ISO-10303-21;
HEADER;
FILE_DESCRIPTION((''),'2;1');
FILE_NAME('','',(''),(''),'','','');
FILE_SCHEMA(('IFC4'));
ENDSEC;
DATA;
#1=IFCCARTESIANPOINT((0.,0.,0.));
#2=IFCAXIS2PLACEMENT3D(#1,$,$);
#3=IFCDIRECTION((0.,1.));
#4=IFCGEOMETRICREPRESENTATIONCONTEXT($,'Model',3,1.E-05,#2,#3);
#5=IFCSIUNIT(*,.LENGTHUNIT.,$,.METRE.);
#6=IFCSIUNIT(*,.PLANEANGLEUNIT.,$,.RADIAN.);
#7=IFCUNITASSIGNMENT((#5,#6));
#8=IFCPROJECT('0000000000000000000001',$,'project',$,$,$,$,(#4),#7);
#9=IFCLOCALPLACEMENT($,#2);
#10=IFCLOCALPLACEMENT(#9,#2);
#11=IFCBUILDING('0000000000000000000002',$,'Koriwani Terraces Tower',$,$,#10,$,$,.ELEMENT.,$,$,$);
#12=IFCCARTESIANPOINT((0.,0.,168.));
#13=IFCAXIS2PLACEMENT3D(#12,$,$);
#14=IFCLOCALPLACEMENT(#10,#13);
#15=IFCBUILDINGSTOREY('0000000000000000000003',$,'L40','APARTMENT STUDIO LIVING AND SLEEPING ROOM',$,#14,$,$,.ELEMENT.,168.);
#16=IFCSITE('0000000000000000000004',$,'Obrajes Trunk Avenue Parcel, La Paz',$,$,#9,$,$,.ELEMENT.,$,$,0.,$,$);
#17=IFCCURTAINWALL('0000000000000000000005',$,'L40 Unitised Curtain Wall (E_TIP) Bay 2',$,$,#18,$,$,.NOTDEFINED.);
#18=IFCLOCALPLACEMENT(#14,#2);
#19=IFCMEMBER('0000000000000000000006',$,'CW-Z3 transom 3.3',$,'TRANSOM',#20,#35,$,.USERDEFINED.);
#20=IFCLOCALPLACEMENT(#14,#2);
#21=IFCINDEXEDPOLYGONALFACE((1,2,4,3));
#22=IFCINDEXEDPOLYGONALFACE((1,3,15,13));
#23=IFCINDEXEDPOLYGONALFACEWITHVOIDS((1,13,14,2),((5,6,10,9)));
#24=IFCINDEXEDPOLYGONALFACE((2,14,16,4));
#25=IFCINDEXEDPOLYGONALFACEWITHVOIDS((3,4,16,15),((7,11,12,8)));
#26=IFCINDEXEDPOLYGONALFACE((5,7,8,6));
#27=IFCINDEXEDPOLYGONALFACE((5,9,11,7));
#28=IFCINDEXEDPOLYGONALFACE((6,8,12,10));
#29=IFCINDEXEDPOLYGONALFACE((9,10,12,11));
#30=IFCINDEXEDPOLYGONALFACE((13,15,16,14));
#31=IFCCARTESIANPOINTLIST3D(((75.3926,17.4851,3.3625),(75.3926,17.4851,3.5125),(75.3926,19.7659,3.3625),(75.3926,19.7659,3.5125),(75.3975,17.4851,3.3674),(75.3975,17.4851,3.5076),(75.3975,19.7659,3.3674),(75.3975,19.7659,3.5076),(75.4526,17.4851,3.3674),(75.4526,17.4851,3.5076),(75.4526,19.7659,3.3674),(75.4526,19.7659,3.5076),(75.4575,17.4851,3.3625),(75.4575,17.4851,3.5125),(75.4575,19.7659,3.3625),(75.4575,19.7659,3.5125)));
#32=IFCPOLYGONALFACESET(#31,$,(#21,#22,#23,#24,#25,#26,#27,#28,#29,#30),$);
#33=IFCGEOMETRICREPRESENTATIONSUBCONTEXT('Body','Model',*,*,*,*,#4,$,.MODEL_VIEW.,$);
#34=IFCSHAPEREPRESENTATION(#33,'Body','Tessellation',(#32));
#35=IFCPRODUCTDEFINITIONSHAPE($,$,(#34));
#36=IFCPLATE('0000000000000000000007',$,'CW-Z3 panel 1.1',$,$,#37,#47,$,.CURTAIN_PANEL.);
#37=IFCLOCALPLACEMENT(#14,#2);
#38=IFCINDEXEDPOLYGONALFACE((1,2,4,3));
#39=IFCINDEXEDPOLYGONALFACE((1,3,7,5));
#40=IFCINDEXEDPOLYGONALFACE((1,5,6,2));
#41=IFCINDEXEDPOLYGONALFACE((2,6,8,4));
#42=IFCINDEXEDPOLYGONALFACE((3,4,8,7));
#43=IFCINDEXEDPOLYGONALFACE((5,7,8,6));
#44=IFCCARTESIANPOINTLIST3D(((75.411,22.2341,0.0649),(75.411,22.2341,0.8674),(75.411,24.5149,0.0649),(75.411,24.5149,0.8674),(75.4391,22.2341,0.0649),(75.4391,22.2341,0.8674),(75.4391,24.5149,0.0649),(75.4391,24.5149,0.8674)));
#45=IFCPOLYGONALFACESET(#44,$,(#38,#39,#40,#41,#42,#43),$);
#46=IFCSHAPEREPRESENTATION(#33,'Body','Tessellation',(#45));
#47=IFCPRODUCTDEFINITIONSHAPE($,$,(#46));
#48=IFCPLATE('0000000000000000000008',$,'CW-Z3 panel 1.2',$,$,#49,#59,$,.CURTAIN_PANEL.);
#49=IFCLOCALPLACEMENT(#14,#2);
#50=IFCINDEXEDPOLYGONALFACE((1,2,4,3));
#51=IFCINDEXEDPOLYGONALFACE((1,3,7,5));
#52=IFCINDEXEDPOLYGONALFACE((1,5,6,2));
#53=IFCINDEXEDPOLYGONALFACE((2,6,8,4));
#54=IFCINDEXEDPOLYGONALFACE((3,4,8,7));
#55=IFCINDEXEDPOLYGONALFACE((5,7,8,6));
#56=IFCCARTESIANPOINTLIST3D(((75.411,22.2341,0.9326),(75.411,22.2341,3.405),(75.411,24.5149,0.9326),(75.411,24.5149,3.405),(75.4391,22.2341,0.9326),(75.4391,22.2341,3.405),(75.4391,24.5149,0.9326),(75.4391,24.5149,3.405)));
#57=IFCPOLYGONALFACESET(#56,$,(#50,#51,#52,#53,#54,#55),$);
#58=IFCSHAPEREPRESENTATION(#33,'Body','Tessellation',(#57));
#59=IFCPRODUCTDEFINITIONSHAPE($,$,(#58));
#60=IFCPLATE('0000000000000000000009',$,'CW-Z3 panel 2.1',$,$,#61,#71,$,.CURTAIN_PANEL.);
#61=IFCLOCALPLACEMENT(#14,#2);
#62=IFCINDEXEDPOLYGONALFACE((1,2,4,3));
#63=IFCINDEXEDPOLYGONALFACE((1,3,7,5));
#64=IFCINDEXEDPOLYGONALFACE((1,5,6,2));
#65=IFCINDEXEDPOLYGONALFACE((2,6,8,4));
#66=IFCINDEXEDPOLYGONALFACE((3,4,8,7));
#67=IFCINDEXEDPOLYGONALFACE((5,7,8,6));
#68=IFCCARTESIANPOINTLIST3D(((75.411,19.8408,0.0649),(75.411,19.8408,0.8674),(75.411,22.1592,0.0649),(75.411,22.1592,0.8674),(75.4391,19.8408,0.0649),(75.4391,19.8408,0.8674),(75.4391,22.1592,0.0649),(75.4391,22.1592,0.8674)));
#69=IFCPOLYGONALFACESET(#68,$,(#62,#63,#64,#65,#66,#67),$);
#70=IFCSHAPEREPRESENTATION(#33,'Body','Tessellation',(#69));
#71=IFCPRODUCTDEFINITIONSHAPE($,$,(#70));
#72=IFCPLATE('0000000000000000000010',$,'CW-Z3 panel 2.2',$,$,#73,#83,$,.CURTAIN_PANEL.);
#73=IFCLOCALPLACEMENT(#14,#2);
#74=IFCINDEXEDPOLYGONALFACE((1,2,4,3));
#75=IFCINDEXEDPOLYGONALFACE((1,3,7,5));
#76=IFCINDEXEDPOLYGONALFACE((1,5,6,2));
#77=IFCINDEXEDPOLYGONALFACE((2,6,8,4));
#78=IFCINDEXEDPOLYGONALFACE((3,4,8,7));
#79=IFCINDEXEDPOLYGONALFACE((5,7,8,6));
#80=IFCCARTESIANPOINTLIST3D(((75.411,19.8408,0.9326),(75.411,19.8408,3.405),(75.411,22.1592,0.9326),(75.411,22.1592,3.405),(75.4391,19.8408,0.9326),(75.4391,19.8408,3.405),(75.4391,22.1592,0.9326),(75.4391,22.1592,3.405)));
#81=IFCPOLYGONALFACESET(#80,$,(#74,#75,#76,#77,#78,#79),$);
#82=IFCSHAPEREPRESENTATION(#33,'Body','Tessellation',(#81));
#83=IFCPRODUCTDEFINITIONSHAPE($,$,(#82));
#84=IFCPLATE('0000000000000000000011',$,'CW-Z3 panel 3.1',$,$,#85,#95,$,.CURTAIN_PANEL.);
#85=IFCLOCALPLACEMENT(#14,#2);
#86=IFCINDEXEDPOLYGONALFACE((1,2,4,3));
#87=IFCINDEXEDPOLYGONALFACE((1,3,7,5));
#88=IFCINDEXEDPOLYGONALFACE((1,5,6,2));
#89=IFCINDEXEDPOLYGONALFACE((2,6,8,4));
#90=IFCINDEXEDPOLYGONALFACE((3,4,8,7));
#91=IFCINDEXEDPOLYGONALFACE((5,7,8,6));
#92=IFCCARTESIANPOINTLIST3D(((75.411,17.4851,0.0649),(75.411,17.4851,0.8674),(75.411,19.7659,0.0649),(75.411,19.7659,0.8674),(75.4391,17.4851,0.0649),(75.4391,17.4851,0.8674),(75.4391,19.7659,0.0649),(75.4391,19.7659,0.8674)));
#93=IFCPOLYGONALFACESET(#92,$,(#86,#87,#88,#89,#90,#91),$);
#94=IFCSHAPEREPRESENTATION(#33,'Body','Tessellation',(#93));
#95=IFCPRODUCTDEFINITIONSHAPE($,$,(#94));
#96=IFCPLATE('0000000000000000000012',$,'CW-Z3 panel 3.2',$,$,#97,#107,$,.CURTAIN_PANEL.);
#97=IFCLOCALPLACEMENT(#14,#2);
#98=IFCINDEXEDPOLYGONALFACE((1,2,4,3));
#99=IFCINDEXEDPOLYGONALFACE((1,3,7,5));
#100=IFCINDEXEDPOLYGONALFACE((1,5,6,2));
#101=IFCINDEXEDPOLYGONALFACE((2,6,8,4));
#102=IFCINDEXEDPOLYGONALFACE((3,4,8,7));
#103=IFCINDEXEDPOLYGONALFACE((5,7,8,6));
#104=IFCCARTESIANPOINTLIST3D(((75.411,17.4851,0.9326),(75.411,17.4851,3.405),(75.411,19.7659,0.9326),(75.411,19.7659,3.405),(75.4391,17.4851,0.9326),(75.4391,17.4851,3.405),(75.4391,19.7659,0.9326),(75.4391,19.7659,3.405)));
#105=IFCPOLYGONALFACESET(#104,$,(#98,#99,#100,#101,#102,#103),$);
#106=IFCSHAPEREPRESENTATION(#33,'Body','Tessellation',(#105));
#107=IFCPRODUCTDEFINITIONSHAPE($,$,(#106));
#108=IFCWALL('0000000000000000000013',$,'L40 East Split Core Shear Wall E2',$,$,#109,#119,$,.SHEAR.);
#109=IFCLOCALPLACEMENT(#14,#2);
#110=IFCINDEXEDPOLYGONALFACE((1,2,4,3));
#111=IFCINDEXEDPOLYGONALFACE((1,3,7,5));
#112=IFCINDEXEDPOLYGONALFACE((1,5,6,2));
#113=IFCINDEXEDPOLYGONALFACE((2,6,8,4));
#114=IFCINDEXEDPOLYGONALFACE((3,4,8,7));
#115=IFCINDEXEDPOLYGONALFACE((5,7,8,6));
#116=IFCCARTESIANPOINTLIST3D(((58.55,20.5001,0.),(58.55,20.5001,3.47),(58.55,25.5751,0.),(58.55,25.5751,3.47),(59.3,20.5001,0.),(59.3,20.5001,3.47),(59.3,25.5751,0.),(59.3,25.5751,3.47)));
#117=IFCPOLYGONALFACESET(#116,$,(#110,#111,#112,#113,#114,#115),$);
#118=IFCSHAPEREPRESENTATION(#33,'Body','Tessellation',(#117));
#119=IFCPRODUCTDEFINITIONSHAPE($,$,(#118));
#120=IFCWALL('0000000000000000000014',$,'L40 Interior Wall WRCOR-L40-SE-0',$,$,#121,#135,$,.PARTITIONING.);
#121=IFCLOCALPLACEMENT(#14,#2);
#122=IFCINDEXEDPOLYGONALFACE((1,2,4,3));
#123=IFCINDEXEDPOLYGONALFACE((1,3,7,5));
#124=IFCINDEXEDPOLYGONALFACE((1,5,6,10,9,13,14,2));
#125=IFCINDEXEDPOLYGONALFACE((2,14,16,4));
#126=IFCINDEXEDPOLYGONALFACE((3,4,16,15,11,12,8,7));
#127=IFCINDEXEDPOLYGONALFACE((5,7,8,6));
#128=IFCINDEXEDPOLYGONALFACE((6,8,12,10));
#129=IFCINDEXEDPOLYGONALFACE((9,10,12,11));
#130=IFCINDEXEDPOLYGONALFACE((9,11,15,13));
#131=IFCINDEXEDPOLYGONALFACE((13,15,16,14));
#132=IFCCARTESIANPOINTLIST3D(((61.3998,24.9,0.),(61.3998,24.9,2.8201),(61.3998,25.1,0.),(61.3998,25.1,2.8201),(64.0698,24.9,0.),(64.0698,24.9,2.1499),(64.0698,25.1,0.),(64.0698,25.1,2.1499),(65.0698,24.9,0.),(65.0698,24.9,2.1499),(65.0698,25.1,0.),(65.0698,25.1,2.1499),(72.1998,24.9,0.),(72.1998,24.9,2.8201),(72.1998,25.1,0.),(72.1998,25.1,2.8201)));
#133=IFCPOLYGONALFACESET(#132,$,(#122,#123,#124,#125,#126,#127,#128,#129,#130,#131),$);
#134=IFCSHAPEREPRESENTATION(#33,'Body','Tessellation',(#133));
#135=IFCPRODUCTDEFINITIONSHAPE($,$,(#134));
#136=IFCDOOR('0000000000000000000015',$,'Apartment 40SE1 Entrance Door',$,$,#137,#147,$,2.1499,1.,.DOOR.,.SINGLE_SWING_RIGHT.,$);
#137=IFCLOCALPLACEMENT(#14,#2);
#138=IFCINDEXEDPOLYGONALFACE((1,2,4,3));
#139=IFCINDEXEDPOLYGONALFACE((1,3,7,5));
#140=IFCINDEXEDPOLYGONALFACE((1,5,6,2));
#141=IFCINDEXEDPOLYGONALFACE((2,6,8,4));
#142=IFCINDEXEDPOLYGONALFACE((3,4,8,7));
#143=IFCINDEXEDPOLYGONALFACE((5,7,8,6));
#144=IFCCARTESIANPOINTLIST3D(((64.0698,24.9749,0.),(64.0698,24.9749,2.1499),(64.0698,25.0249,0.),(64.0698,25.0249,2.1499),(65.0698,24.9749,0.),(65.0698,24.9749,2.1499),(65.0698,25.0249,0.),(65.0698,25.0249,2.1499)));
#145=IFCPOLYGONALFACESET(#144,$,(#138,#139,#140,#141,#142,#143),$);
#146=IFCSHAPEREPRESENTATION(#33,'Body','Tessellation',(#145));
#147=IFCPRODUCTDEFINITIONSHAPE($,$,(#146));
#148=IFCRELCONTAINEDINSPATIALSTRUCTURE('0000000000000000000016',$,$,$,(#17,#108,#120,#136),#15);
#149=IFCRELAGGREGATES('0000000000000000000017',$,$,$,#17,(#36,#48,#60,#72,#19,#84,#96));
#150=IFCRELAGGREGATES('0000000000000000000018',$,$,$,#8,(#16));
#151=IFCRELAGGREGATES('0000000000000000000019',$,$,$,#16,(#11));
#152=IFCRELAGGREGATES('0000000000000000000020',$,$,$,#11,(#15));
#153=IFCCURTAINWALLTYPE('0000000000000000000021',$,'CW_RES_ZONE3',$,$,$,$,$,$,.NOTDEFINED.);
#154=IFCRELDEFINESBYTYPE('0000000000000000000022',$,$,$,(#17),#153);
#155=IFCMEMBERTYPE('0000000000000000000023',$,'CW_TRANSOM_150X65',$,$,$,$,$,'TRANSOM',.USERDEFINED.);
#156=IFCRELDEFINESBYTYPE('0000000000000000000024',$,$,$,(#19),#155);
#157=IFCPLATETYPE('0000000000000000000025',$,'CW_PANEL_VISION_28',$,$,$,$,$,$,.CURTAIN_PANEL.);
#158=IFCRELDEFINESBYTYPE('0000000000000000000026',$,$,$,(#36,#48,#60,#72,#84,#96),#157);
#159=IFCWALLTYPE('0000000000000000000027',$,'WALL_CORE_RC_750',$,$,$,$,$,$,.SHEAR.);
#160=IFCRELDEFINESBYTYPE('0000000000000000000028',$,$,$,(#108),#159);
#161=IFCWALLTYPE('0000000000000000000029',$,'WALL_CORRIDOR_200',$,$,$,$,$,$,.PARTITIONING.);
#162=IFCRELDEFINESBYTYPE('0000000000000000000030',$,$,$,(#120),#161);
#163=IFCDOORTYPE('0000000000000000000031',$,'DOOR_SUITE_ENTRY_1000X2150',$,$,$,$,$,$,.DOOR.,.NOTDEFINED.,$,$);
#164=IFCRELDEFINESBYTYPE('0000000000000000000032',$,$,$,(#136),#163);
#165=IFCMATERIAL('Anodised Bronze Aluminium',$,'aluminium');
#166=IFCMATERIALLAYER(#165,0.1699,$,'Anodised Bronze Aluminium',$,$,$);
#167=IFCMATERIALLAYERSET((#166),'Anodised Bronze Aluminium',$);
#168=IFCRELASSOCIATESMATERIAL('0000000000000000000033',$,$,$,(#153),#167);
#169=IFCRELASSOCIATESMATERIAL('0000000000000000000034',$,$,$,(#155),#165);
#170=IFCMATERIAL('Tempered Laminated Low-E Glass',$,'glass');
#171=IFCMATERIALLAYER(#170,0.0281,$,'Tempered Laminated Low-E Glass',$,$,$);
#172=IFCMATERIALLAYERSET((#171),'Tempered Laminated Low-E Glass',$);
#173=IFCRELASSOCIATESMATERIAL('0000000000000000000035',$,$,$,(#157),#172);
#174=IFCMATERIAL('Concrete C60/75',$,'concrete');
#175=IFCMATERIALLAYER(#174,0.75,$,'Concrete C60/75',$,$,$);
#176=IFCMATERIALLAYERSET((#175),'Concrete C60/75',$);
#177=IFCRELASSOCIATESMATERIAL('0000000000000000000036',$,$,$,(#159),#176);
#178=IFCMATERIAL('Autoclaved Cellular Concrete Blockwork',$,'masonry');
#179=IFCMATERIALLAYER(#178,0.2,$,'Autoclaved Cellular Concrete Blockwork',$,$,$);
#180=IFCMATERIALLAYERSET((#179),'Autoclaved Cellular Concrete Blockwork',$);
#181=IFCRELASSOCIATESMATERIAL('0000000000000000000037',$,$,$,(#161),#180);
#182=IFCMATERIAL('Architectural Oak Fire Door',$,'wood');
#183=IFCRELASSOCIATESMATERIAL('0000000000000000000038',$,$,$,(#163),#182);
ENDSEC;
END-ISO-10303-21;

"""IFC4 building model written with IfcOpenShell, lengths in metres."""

from ifc_helpers import new_model, si_unit, direction, frame, frame_2d, origin, origin_2d, place, context, subcontext, project, spatial, rectangle, hollow_rectangle, extrude, material, layer, layer_set, material_profile, profile_set, type_object, element, fill, aggregate, save


model = new_model("IFC4")

# Units and contexts
model_context = context("Model", 3, precision=1e-05, world=origin(), true_north=direction((0.0, 1.0)))
body_context = subcontext(model_context, "Body", "Model", "MODEL_VIEW")
ifc_project = project(units=[si_unit("LENGTHUNIT", "METRE"), si_unit("PLANEANGLEUNIT", "RADIAN")], contexts=[model_context])

# Site, building, storey
site_placement = place(None, origin())
site = spatial("IfcSite", under=ifc_project, at=site_placement, Name="Obrajes Trunk Avenue Parcel, La Paz", CompositionType="ELEMENT", RefElevation=0.0)
building_placement = place(site_placement, origin())
building = spatial("IfcBuilding", under=site, at=building_placement, Name="Koriwani Terraces Tower", CompositionType="ELEMENT")
storey_placement = place(building_placement, frame((0.0, 0.0, 168.0)))
storey = spatial("IfcBuildingStorey", under=building, at=storey_placement, Name="L40", Description="APARTMENT STUDIO LIVING AND SLEEPING ROOM", CompositionType="ELEMENT", Elevation=168.0)

# Curtain wall, member, plates
ifc_material_1 = material(Name="Anodised Bronze Aluminium", Category="aluminium")
ifc_layer_1 = layer(ifc_material_1, 0.1699, Name="Anodised Bronze Aluminium")
ifc_layer_set_1 = layer_set([ifc_layer_1], Name="Anodised Bronze Aluminium")
curtain_wall_type = type_object("IfcCurtainWallType", Name="CW_RES_ZONE3", PredefinedType="NOTDEFINED", material=ifc_layer_set_1)
curtain_wall_placement = place(storey_placement, origin())
curtain_wall = element("IfcCurtainWall", 1, at=curtain_wall_placement, inside=storey, type_object=curtain_wall_type, Name="L40 Unitised Curtain Wall (E_TIP) Bay 2", PredefinedType="NOTDEFINED")
ifc_material_profile_1 = material_profile(ifc_material_1, hollow_rectangle(XDim=0.0649, YDim=0.1499, WallThickness=0.0049, at=origin_2d()), Name="Anodised Bronze Aluminium", Category="LoadBearing")
ifc_profile_set_1 = profile_set([ifc_material_profile_1], Name="Anodised Bronze Aluminium")
member_type_1 = type_object("IfcMemberType", Name="CW_TRANSOM_150X65", ElementType="TRANSOM", PredefinedType="USERDEFINED", material=ifc_profile_set_1)
member_1_placement = place(storey_placement, frame((75.425, 19.7659, 3.4375), z_axis=(0.0, -1.0, 0.0), x_axis=(1.0, 0.0, 0.0)))
member_1 = element("IfcMember", 2, at=member_1_placement, type_object=member_type_1, Name="CW-Z3 transom 3.3", ObjectType="TRANSOM", PredefinedType="USERDEFINED", context=body_context, shape_type="SweptSolid", body=[
    extrude(hollow_rectangle(XDim=0.0649, YDim=0.1499, WallThickness=0.0049, at=origin_2d()), origin(), (0.0, 0.0, 1.0), 2.2808),
])
ifc_material_2 = material(Name="Tempered Laminated Low-E Glass", Category="glass")
ifc_layer_2 = layer(ifc_material_2, 0.0281, Name="Tempered Laminated Low-E Glass")
ifc_layer_set_2 = layer_set([ifc_layer_2], Name="Tempered Laminated Low-E Glass")
plate_type = type_object("IfcPlateType", Name="CW_PANEL_VISION_28", PredefinedType="CURTAIN_PANEL", material=ifc_layer_set_2)
plate_1_placement = place(storey_placement, frame((75.425, 23.3745, 0.0649), z_axis=(0.0, 0.0, 1.0), x_axis=(0.0, -1.0, 0.0)))
plate_1 = element("IfcPlate", 3, at=plate_1_placement, type_object=plate_type, Name="CW-Z3 panel 1.1", PredefinedType="CURTAIN_PANEL", context=body_context, shape_type="SweptSolid", body=[
    extrude(rectangle(XDim=2.2808, YDim=0.0281, at=origin_2d()), origin(), (0.0, 0.0, 1.0), 0.8025),
])
plate_2_placement = place(storey_placement, frame((75.425, 23.3745, 0.9326), z_axis=(0.0, 0.0, 1.0), x_axis=(0.0, -1.0, 0.0)))
plate_2 = element("IfcPlate", 4, at=plate_2_placement, type_object=plate_type, Name="CW-Z3 panel 1.2", PredefinedType="CURTAIN_PANEL", context=body_context, shape_type="SweptSolid", body=[
    extrude(rectangle(XDim=2.2808, YDim=0.0281, at=origin_2d()), origin(), (0.0, 0.0, 1.0), 2.4724),
])
plate_3_placement = place(storey_placement, frame((75.425, 21.0, 0.0649), z_axis=(0.0, 0.0, 1.0), x_axis=(0.0, -1.0, 0.0)))
plate_3 = element("IfcPlate", 5, at=plate_3_placement, type_object=plate_type, Name="CW-Z3 panel 2.1", PredefinedType="CURTAIN_PANEL", context=body_context, shape_type="SweptSolid", body=[
    extrude(rectangle(XDim=2.3184, YDim=0.0281, at=origin_2d()), origin(), (0.0, 0.0, 1.0), 0.8025),
])
plate_4_placement = place(storey_placement, frame((75.425, 21.0, 0.9326), z_axis=(0.0, 0.0, 1.0), x_axis=(0.0, -1.0, 0.0)))
plate_4 = element("IfcPlate", 6, at=plate_4_placement, type_object=plate_type, Name="CW-Z3 panel 2.2", PredefinedType="CURTAIN_PANEL", context=body_context, shape_type="SweptSolid", body=[
    extrude(rectangle(XDim=2.3184, YDim=0.0281, at=origin_2d()), origin(), (0.0, 0.0, 1.0), 2.4724),
])
plate_5_placement = place(storey_placement, frame((75.425, 18.6255, 0.0649), z_axis=(0.0, 0.0, 1.0), x_axis=(0.0, -1.0, 0.0)))
plate_5 = element("IfcPlate", 7, at=plate_5_placement, type_object=plate_type, Name="CW-Z3 panel 3.1", PredefinedType="CURTAIN_PANEL", context=body_context, shape_type="SweptSolid", body=[
    extrude(rectangle(XDim=2.2808, YDim=0.0281, at=origin_2d()), origin(), (0.0, 0.0, 1.0), 0.8025),
])
plate_6_placement = place(storey_placement, frame((75.425, 18.6255, 0.9326), z_axis=(0.0, 0.0, 1.0), x_axis=(0.0, -1.0, 0.0)))
plate_6 = element("IfcPlate", 8, at=plate_6_placement, type_object=plate_type, Name="CW-Z3 panel 3.2", PredefinedType="CURTAIN_PANEL", context=body_context, shape_type="SweptSolid", body=[
    extrude(rectangle(XDim=2.2808, YDim=0.0281, at=origin_2d()), origin(), (0.0, 0.0, 1.0), 2.4724),
])
aggregate(curtain_wall, [plate_1, plate_2, plate_3, plate_4, member_1, plate_5, plate_6])

# Wall
ifc_material_3 = material(Name="Concrete C60/75", Category="concrete")
ifc_layer_3 = layer(ifc_material_3, 0.75, Name="Concrete C60/75")
ifc_layer_set_3 = layer_set([ifc_layer_3], Name="Concrete C60/75")
wall_type_1 = type_object("IfcWallType", Name="WALL_CORE_RC_750", PredefinedType="SHEAR", material=ifc_layer_set_3)
wall_1_placement = place(storey_placement, frame((58.925, 20.5, 0.0), z_axis=(0.0, 0.0, 1.0), x_axis=(0.0, 1.0, 0.0)))
element("IfcWall", 9, at=wall_1_placement, inside=storey, type_object=wall_type_1, Name="L40 East Split Core Shear Wall E2", PredefinedType="SHEAR", context=body_context, shape_type="SweptSolid", body=[
    extrude(rectangle(XDim=5.075, YDim=0.75, at=frame_2d((2.5376, 0.0))), origin(), (0.0, 0.0, 1.0), 3.47),
])

# Wall, opening, door
ifc_material_4 = material(Name="Autoclaved Cellular Concrete Blockwork", Category="masonry")
ifc_layer_4 = layer(ifc_material_4, 0.2, Name="Autoclaved Cellular Concrete Blockwork")
ifc_layer_set_4 = layer_set([ifc_layer_4], Name="Autoclaved Cellular Concrete Blockwork")
wall_type_2 = type_object("IfcWallType", Name="WALL_CORRIDOR_200", PredefinedType="PARTITIONING", material=ifc_layer_set_4)
wall_2_placement = place(storey_placement, frame((61.3999, 25.0, 0.0), z_axis=(0.0, 0.0, 1.0), x_axis=(1.0, 0.0, 0.0)))
wall_2 = element("IfcWall", 10, at=wall_2_placement, inside=storey, type_object=wall_type_2, Name="L40 Interior Wall WRCOR-L40-SE-0", PredefinedType="PARTITIONING", context=body_context, shape_type="SweptSolid", body=[
    extrude(rectangle(XDim=10.8, YDim=0.2, at=frame_2d((5.3999, 0.0))), origin(), (0.0, 0.0, 1.0), 2.8201),
])
opening_1_placement = place(wall_2_placement, frame((2.6699, 0.0, 0.0)))
opening_1 = element("IfcOpeningElement", 11, at=opening_1_placement, cuts=wall_2, PredefinedType="OPENING", context=body_context, shape_type="SweptSolid", body=[
    extrude(rectangle(XDim=1.0, YDim=2.1499, at=frame_2d((0.5, 1.075))), frame((0.0, 0.1099, 0.0), z_axis=(0.0, -1.0, 0.0), x_axis=(1.0, 0.0, 0.0)), (0.0, 0.0, 1.0), 0.22),
])
ifc_material_5 = material(Name="Architectural Oak Fire Door", Category="wood")
door_type_1 = type_object("IfcDoorType", Name="DOOR_SUITE_ENTRY_1000X2150", OperationType="NOTDEFINED", PredefinedType="DOOR", material=ifc_material_5)
door_1_placement = place(opening_1_placement, origin())
door_1 = element("IfcDoor", 12, at=door_1_placement, inside=storey, type_object=door_type_1, Name="Apartment 40SE1 Entrance Door", OperationType="SINGLE_SWING_RIGHT", OverallHeight=2.1499, OverallWidth=1.0, PredefinedType="DOOR", context=body_context, shape_type="SweptSolid", body=[
    extrude(rectangle(XDim=1.0, YDim=2.1499, at=frame_2d((0.5, 1.075))), frame((0.0, 0.0249, 0.0), z_axis=(0.0, -1.0, 0.0), x_axis=(1.0, 0.0, 0.0)), (0.0, 0.0, 1.0), 0.05),
])
fill(opening_1, door_1)

save(model, "model.ifc")
